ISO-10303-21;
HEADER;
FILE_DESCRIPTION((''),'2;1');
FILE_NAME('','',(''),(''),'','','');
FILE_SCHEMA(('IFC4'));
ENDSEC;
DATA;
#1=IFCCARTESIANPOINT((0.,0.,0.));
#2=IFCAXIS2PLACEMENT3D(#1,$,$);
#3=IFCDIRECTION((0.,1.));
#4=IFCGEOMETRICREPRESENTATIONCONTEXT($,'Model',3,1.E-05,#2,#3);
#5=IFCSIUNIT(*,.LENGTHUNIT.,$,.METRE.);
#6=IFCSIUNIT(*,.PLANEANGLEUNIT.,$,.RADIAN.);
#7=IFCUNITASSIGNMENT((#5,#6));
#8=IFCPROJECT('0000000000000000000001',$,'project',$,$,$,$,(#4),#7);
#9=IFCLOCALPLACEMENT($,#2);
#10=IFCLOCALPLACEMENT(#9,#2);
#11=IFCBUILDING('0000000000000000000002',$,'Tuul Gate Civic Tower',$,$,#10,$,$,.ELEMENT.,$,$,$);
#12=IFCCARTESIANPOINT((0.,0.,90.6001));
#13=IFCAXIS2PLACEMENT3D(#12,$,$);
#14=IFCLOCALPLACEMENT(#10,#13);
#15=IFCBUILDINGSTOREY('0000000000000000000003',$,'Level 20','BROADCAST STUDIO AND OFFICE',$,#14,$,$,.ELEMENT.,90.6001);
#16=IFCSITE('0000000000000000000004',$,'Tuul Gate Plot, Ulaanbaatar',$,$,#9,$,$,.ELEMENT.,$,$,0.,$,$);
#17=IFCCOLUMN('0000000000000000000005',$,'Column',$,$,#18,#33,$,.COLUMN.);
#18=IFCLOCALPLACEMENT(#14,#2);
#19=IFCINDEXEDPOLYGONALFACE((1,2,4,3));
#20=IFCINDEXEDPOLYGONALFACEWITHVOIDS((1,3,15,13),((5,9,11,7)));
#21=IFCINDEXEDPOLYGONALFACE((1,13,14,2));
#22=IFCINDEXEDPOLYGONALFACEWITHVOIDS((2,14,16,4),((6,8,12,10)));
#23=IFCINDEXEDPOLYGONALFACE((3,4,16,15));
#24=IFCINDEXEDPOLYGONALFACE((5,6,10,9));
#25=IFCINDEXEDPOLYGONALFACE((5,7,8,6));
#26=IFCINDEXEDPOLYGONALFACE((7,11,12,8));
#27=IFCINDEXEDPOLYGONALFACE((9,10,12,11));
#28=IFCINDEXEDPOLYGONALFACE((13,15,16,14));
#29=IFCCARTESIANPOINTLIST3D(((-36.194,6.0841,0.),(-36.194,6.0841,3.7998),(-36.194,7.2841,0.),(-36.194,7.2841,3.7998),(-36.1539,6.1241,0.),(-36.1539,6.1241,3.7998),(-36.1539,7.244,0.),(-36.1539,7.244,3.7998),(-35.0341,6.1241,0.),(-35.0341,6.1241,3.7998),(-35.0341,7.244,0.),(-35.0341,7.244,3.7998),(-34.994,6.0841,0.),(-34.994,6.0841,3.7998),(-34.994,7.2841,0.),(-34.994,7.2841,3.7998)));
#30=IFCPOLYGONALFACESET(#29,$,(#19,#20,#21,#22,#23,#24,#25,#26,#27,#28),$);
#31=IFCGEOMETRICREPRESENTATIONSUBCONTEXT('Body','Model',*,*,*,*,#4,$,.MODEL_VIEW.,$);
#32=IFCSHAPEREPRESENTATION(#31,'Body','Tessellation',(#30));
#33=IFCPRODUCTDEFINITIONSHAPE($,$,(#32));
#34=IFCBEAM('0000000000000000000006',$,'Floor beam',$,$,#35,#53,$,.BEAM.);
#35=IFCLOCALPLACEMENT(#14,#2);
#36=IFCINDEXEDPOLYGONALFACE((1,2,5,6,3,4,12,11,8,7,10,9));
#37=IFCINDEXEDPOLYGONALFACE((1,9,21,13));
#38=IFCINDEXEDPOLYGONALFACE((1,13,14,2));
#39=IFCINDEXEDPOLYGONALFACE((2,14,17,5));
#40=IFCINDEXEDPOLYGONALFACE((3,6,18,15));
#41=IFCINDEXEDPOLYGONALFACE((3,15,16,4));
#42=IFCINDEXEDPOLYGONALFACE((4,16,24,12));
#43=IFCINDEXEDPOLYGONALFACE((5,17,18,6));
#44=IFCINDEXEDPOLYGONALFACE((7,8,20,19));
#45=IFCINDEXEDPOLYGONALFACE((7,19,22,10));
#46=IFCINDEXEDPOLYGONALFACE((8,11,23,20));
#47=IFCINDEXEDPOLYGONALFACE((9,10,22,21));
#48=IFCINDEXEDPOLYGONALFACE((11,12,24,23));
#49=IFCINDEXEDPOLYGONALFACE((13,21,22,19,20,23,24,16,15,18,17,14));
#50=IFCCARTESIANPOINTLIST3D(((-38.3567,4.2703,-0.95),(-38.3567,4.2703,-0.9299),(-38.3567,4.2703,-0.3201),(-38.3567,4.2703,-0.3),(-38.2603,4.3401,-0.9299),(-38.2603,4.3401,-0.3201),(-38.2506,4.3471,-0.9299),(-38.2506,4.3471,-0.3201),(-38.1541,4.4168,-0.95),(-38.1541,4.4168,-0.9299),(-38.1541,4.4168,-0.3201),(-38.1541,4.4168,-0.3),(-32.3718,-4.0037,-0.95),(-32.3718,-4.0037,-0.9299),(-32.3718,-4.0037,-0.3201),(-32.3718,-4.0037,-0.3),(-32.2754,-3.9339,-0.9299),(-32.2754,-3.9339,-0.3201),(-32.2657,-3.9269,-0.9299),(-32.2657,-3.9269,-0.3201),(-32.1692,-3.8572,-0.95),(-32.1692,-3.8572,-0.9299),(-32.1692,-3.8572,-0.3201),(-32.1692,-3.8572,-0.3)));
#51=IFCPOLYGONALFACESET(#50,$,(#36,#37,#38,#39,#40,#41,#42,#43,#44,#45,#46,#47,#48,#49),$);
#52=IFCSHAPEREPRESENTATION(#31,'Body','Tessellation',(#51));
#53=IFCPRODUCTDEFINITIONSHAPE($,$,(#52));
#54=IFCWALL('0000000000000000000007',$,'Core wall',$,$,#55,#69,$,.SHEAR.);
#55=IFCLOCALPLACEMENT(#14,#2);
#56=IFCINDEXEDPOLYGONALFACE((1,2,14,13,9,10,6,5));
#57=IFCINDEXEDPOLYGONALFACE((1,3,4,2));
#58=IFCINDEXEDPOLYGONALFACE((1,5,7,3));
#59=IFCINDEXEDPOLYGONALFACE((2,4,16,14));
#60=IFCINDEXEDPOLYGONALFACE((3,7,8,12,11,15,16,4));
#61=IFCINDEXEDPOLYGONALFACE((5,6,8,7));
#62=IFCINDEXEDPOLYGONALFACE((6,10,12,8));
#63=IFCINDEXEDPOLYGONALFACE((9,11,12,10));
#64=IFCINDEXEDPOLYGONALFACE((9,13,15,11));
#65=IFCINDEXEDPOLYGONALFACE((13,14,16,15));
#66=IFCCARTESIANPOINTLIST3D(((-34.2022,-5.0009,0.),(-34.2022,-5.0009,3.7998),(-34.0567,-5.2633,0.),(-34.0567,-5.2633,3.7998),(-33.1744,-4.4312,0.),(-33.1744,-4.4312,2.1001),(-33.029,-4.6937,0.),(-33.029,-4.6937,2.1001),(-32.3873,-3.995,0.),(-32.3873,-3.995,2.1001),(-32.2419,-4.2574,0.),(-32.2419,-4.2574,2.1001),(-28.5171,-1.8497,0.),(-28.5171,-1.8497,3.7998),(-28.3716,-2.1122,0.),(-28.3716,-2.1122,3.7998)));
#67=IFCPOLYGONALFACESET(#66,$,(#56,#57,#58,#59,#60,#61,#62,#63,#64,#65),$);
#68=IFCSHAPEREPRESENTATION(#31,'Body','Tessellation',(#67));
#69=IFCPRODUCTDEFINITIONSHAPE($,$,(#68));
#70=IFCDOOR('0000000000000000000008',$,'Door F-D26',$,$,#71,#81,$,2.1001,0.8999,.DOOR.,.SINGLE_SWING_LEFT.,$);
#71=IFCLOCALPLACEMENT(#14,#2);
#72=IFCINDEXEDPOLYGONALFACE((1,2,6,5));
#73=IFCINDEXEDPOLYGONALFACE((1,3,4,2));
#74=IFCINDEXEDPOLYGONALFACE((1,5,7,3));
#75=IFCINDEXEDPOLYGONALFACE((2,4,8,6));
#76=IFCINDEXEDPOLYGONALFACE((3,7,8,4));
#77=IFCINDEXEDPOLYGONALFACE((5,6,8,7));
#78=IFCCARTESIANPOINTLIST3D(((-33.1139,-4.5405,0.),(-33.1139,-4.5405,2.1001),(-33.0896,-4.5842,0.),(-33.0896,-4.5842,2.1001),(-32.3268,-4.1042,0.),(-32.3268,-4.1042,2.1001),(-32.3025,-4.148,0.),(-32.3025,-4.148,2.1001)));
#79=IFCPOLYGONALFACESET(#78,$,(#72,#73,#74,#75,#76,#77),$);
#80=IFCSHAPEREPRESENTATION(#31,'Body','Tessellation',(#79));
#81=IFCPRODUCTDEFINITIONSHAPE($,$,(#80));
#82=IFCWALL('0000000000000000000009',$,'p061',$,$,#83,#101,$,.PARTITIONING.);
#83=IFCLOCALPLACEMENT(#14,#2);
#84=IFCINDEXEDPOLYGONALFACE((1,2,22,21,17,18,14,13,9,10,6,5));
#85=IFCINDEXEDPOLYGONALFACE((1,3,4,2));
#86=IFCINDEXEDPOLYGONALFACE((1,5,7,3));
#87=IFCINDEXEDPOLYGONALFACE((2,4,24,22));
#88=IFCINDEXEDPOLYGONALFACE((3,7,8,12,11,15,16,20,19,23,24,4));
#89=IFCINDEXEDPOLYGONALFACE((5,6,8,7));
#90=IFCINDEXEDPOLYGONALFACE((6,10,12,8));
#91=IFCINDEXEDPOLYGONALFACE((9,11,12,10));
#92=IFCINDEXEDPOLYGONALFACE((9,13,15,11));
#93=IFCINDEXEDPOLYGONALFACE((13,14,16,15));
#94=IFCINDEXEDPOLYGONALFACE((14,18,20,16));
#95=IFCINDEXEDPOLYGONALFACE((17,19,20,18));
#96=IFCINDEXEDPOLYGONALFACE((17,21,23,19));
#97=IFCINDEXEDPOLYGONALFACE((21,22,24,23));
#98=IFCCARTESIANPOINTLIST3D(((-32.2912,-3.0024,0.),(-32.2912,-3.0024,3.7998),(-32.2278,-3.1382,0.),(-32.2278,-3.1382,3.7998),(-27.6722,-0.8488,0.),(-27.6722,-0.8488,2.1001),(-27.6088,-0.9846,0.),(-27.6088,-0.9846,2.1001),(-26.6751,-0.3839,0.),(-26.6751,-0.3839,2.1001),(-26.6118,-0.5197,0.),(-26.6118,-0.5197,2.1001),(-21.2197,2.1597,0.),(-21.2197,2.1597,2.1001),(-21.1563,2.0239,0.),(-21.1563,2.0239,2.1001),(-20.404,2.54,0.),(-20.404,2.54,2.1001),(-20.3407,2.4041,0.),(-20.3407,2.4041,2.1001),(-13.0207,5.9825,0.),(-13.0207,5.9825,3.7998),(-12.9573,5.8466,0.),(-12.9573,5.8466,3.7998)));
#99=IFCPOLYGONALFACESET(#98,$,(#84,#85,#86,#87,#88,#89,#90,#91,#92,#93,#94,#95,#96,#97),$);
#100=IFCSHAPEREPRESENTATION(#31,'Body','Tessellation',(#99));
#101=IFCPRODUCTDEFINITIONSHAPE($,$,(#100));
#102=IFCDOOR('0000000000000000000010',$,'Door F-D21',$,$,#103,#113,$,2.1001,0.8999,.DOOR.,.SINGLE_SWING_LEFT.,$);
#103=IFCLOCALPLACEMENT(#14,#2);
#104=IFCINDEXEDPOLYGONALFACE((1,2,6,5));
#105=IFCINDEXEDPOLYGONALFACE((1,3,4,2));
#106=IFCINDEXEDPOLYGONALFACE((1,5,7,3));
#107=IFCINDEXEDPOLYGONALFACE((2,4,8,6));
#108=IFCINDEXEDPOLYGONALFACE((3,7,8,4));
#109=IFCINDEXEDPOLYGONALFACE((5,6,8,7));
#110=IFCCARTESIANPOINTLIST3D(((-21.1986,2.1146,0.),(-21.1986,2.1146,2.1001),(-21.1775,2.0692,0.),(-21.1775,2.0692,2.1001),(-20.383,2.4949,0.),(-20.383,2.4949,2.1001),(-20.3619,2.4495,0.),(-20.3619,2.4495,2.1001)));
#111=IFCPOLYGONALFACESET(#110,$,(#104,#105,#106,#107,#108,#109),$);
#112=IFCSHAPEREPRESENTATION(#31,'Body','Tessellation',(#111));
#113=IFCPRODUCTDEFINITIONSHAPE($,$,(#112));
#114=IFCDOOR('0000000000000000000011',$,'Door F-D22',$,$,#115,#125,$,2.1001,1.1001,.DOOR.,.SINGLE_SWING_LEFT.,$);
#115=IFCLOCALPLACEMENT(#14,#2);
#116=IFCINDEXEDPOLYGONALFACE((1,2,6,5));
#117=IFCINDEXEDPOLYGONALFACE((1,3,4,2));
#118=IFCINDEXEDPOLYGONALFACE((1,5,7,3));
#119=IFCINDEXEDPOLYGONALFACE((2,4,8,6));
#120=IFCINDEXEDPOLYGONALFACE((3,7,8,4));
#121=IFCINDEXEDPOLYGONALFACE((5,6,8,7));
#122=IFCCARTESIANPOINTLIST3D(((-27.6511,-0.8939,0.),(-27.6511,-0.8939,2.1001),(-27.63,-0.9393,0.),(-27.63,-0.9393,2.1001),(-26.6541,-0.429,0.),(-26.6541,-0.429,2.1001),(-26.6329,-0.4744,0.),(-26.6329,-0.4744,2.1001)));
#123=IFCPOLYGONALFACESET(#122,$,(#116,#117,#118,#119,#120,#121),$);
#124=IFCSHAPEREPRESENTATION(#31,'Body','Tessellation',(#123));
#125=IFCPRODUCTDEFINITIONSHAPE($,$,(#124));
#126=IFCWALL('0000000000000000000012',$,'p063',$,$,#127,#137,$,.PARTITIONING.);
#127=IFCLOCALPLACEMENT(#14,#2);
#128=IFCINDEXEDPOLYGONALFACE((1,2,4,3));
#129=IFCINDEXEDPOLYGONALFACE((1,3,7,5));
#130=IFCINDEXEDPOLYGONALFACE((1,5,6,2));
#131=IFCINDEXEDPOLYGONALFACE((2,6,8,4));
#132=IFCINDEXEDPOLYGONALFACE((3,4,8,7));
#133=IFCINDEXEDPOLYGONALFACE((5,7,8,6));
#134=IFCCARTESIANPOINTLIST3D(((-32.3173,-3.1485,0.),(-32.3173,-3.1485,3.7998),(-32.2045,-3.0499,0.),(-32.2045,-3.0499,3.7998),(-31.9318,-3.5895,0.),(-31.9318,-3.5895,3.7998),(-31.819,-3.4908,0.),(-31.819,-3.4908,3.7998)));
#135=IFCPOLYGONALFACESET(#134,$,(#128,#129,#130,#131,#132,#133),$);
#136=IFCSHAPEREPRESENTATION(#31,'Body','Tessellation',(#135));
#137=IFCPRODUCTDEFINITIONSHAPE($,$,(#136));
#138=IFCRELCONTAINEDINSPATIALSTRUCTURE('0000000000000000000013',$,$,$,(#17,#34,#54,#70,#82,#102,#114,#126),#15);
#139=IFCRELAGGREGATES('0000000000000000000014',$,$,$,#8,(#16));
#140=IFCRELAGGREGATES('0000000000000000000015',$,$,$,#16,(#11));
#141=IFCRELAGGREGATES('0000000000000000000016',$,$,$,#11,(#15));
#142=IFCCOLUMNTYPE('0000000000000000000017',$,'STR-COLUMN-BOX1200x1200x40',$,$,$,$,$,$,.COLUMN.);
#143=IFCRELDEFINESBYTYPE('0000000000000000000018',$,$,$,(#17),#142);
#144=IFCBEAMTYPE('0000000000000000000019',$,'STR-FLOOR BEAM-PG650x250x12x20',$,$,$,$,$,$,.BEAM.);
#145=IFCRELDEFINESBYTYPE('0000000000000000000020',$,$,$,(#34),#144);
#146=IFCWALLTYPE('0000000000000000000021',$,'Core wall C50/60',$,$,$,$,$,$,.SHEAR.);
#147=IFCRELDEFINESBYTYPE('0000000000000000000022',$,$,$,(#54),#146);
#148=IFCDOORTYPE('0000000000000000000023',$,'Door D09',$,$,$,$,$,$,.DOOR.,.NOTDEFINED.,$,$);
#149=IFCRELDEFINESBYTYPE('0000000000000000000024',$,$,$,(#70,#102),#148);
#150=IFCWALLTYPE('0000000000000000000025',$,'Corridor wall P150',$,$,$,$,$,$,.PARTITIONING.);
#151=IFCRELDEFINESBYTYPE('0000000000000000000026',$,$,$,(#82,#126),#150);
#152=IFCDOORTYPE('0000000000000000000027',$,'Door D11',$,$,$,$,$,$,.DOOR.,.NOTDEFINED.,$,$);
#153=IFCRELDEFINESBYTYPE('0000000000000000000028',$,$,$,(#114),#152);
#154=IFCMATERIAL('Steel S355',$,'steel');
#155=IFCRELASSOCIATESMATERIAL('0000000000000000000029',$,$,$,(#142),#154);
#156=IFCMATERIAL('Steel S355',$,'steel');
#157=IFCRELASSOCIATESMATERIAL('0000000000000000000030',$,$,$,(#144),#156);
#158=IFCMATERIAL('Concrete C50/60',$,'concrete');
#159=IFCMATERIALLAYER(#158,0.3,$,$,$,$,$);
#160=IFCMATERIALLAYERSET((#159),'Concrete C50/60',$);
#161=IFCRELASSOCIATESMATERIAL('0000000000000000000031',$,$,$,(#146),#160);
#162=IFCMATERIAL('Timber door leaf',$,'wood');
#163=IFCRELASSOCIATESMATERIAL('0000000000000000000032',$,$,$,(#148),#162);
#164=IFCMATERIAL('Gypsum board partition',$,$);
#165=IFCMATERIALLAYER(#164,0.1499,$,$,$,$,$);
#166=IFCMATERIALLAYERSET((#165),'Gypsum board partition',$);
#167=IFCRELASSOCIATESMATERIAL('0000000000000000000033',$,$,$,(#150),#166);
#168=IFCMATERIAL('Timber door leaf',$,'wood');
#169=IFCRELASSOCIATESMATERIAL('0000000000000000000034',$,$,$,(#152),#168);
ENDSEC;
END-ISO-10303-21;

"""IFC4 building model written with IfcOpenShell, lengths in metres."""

from ifc_helpers import new_model, si_unit, direction, frame, frame_2d, origin, origin_2d, place, context, subcontext, project, spatial, rectangle, hollow_rectangle, i_section, extrude, material, layer, layer_set, material_profile, profile_set, type_object, element, fill, save


model = new_model("IFC4")

# Units and contexts
model_context = context("Model", 3, precision=1e-05, world=origin(), true_north=direction((0.0, 1.0)))
body_context = subcontext(model_context, "Body", "Model", "MODEL_VIEW")
ifc_project = project(units=[si_unit("LENGTHUNIT", "METRE"), si_unit("PLANEANGLEUNIT", "RADIAN")], contexts=[model_context])

# Site, building, storey
site_placement = place(None, origin())
site = spatial("IfcSite", under=ifc_project, at=site_placement, Name="Tuul Gate Plot, Ulaanbaatar", CompositionType="ELEMENT", RefElevation=0.0)
building_placement = place(site_placement, origin())
building = spatial("IfcBuilding", under=site, at=building_placement, Name="Tuul Gate Civic Tower", CompositionType="ELEMENT")
storey_placement = place(building_placement, frame((0.0, 0.0, 90.6001)))
storey = spatial("IfcBuildingStorey", under=building, at=storey_placement, Name="Level 20", Description="BROADCAST STUDIO AND OFFICE", CompositionType="ELEMENT", Elevation=90.6001)

# Column
ifc_material_1 = material(Name="Steel S355", Category="steel")
ifc_material_profile_1 = material_profile(ifc_material_1, hollow_rectangle(XDim=1.2, YDim=1.2, WallThickness=0.04, at=origin_2d()), Name="BOX1200x1200x40")
ifc_profile_set_1 = profile_set([ifc_material_profile_1], Name="Steel S355")
column_type = type_object("IfcColumnType", Name="STR-COLUMN-BOX1200x1200x40", PredefinedType="COLUMN", material=ifc_profile_set_1)
column_placement = place(storey_placement, frame((-35.594, 6.6841, 0.0), z_axis=(0.0, 0.0, 1.0), x_axis=(1.0, 0.0, 0.0)))
element("IfcColumn", 1, at=column_placement, inside=storey, type_object=column_type, Name="Column", PredefinedType="COLUMN", context=body_context, shape_type="SweptSolid", body=[
    extrude(hollow_rectangle(XDim=1.2, YDim=1.2, WallThickness=0.04, at=origin_2d()), origin(), (0.0, 0.0, 1.0), 3.7998),
])

# Beam
ifc_material_2 = material(Name="Steel S355", Category="steel")
ifc_material_profile_2 = material_profile(ifc_material_2, i_section(OverallWidth=0.25, OverallDepth=0.6499, WebThickness=0.012, FlangeThickness=0.02, at=origin_2d()), Name="PG650x250x12x20")
ifc_profile_set_2 = profile_set([ifc_material_profile_2], Name="Steel S355")
beam_type = type_object("IfcBeamType", Name="STR-FLOOR BEAM-PG650x250x12x20", PredefinedType="BEAM", material=ifc_profile_set_2)
beam_placement = place(storey_placement, frame((-32.2705, -3.9304, -0.625), z_axis=(-0.586086, 0.810249, 0.0), x_axis=(-0.810249, -0.586086, 0.0)))
element("IfcBeam", 2, at=beam_placement, inside=storey, type_object=beam_type, Name="Floor beam", PredefinedType="BEAM", context=body_context, shape_type="SweptSolid", body=[
    extrude(i_section(OverallWidth=0.25, OverallDepth=0.6499, WebThickness=0.012, FlangeThickness=0.02, at=origin_2d()), origin(), (0.0, 0.0, 1.0), 10.2117),
])

# Wall, opening, door
ifc_material_3 = material(Name="Concrete C50/60", Category="concrete")
ifc_layer_1 = layer(ifc_material_3, 0.3)
ifc_layer_set_1 = layer_set([ifc_layer_1], Name="Concrete C50/60")
wall_type_1 = type_object("IfcWallType", Name="Core wall C50/60", PredefinedType="SHEAR", material=ifc_layer_set_1)
wall_1_placement = place(storey_placement, frame((-28.4443, -1.981, 0.0), z_axis=(0.0, 0.0, 1.0), x_axis=(-0.87463, -0.484791, 0.0)))
wall_1 = element("IfcWall", 3, at=wall_1_placement, inside=storey, type_object=wall_type_1, Name="Core wall", PredefinedType="SHEAR", context=body_context, shape_type="SweptSolid", body=[
    extrude(rectangle(XDim=6.5, YDim=0.3, at=frame_2d((3.25, 0.0))), origin(), (0.0, 0.0, 1.0), 3.7998),
])
opening_1_placement = place(wall_1_placement, frame((4.425, 0.0, 0.0)))
opening_1 = element("IfcOpeningElement", 4, at=opening_1_placement, cuts=wall_1, PredefinedType="OPENING", context=body_context, shape_type="SweptSolid", body=[
    extrude(rectangle(XDim=0.8999, YDim=2.1001, at=frame_2d((0.45, 1.05))), frame((0.0, 0.1602, 0.0), z_axis=(0.0, -1.0, 0.0), x_axis=(1.0, 0.0, 0.0)), (0.0, 0.0, 1.0), 0.3201),
])
ifc_material_4 = material(Name="Timber door leaf", Category="wood")
door_type_1 = type_object("IfcDoorType", Name="Door D09", OperationType="NOTDEFINED", PredefinedType="DOOR", material=ifc_material_4)
door_1_placement = place(opening_1_placement, origin())
door_1 = element("IfcDoor", 5, at=door_1_placement, inside=storey, type_object=door_type_1, Name="Door F-D26", OperationType="SINGLE_SWING_LEFT", OverallHeight=2.1001, OverallWidth=0.8999, PredefinedType="DOOR", context=body_context, shape_type="SweptSolid", body=[
    extrude(rectangle(XDim=0.8999, YDim=2.1001, at=frame_2d((0.45, 1.05))), frame((0.0, 0.0249, 0.0), z_axis=(0.0, -1.0, 0.0), x_axis=(1.0, 0.0, 0.0)), (0.0, 0.0, 1.0), 0.05),
])
fill(opening_1, door_1)

# Wall, openings, doors
ifc_material_5 = material(Name="Gypsum board partition")
ifc_layer_2 = layer(ifc_material_5, 0.1499)
ifc_layer_set_2 = layer_set([ifc_layer_2], Name="Gypsum board partition")
wall_type_2 = type_object("IfcWallType", Name="Corridor wall P150", PredefinedType="PARTITIONING", material=ifc_layer_set_2)
wall_2_placement = place(storey_placement, frame((-32.2595, -3.0703, 0.0), z_axis=(0.0, 0.0, 1.0), x_axis=(0.906328, 0.422575, 0.0)))
wall_2 = element("IfcWall", 6, at=wall_2_placement, inside=storey, type_object=wall_type_2, Name="p061", PredefinedType="PARTITIONING", context=body_context, shape_type="SweptSolid", body=[
    extrude(rectangle(XDim=21.2622, YDim=0.1499, at=frame_2d((10.6311, 0.0))), origin(), (0.0, 0.0, 1.0), 3.7998),
])
opening_2_placement = place(wall_2_placement, frame((12.2158, 0.0, 0.0)))
opening_2 = element("IfcOpeningElement", 7, at=opening_2_placement, cuts=wall_2, PredefinedType="OPENING", context=body_context, shape_type="SweptSolid", body=[
    extrude(rectangle(XDim=0.8999, YDim=2.1001, at=frame_2d((0.45, 1.05))), frame((0.0, 0.085, 0.0), z_axis=(0.0, -1.0, 0.0), x_axis=(1.0, 0.0, 0.0)), (0.0, 0.0, 1.0), 0.1699),
])
opening_3_placement = place(wall_2_placement, frame((5.0964, 0.0, 0.0)))
opening_3 = element("IfcOpeningElement", 8, at=opening_3_placement, cuts=wall_2, PredefinedType="OPENING", context=body_context, shape_type="SweptSolid", body=[
    extrude(rectangle(XDim=1.1001, YDim=2.1001, at=frame_2d((0.55, 1.05))), frame((0.0, 0.085, 0.0), z_axis=(0.0, -1.0, 0.0), x_axis=(1.0, 0.0, 0.0)), (0.0, 0.0, 1.0), 0.1699),
])
door_2_placement = place(opening_2_placement, frame((0.8999, 0.0, 0.0), z_axis=(0.0, 0.0, 1.0), x_axis=(-1.0, 0.0, 0.0)))
door_2 = element("IfcDoor", 9, at=door_2_placement, inside=storey, type_object=door_type_1, Name="Door F-D21", OperationType="SINGLE_SWING_LEFT", OverallHeight=2.1001, OverallWidth=0.8999, PredefinedType="DOOR", context=body_context, shape_type="SweptSolid", body=[
    extrude(rectangle(XDim=0.8999, YDim=2.1001, at=frame_2d((0.45, 1.05))), frame((0.0, 0.0249, 0.0), z_axis=(0.0, -1.0, 0.0), x_axis=(1.0, 0.0, 0.0)), (0.0, 0.0, 1.0), 0.05),
])
fill(opening_2, door_2)
ifc_material_6 = material(Name="Timber door leaf", Category="wood")
door_type_2 = type_object("IfcDoorType", Name="Door D11", OperationType="NOTDEFINED", PredefinedType="DOOR", material=ifc_material_6)
door_3_placement = place(opening_3_placement, frame((1.1001, 0.0, 0.0), z_axis=(0.0, 0.0, 1.0), x_axis=(-1.0, 0.0, 0.0)))
door_3 = element("IfcDoor", 10, at=door_3_placement, inside=storey, type_object=door_type_2, Name="Door F-D22", OperationType="SINGLE_SWING_LEFT", OverallHeight=2.1001, OverallWidth=1.1001, PredefinedType="DOOR", context=body_context, shape_type="SweptSolid", body=[
    extrude(rectangle(XDim=1.1001, YDim=2.1001, at=frame_2d((0.55, 1.05))), frame((0.0, 0.0249, 0.0), z_axis=(0.0, -1.0, 0.0), x_axis=(1.0, 0.0, 0.0)), (0.0, 0.0, 1.0), 0.05),
])
fill(opening_3, door_3)

# Wall
wall_3_placement = place(storey_placement, frame((-32.261, -3.0991, 0.0), z_axis=(0.0, 0.0, 1.0), x_axis=(0.658209, -0.752835, 0.0)))
element("IfcWall", 11, at=wall_3_placement, inside=storey, type_object=wall_type_2, Name="p063", PredefinedType="PARTITIONING", context=body_context, shape_type="SweptSolid", body=[
    extrude(rectangle(XDim=0.5857, YDim=0.1499, at=frame_2d((0.293, 0.0))), origin(), (0.0, 0.0, 1.0), 3.7998),
])

save(model, "model.ifc")
